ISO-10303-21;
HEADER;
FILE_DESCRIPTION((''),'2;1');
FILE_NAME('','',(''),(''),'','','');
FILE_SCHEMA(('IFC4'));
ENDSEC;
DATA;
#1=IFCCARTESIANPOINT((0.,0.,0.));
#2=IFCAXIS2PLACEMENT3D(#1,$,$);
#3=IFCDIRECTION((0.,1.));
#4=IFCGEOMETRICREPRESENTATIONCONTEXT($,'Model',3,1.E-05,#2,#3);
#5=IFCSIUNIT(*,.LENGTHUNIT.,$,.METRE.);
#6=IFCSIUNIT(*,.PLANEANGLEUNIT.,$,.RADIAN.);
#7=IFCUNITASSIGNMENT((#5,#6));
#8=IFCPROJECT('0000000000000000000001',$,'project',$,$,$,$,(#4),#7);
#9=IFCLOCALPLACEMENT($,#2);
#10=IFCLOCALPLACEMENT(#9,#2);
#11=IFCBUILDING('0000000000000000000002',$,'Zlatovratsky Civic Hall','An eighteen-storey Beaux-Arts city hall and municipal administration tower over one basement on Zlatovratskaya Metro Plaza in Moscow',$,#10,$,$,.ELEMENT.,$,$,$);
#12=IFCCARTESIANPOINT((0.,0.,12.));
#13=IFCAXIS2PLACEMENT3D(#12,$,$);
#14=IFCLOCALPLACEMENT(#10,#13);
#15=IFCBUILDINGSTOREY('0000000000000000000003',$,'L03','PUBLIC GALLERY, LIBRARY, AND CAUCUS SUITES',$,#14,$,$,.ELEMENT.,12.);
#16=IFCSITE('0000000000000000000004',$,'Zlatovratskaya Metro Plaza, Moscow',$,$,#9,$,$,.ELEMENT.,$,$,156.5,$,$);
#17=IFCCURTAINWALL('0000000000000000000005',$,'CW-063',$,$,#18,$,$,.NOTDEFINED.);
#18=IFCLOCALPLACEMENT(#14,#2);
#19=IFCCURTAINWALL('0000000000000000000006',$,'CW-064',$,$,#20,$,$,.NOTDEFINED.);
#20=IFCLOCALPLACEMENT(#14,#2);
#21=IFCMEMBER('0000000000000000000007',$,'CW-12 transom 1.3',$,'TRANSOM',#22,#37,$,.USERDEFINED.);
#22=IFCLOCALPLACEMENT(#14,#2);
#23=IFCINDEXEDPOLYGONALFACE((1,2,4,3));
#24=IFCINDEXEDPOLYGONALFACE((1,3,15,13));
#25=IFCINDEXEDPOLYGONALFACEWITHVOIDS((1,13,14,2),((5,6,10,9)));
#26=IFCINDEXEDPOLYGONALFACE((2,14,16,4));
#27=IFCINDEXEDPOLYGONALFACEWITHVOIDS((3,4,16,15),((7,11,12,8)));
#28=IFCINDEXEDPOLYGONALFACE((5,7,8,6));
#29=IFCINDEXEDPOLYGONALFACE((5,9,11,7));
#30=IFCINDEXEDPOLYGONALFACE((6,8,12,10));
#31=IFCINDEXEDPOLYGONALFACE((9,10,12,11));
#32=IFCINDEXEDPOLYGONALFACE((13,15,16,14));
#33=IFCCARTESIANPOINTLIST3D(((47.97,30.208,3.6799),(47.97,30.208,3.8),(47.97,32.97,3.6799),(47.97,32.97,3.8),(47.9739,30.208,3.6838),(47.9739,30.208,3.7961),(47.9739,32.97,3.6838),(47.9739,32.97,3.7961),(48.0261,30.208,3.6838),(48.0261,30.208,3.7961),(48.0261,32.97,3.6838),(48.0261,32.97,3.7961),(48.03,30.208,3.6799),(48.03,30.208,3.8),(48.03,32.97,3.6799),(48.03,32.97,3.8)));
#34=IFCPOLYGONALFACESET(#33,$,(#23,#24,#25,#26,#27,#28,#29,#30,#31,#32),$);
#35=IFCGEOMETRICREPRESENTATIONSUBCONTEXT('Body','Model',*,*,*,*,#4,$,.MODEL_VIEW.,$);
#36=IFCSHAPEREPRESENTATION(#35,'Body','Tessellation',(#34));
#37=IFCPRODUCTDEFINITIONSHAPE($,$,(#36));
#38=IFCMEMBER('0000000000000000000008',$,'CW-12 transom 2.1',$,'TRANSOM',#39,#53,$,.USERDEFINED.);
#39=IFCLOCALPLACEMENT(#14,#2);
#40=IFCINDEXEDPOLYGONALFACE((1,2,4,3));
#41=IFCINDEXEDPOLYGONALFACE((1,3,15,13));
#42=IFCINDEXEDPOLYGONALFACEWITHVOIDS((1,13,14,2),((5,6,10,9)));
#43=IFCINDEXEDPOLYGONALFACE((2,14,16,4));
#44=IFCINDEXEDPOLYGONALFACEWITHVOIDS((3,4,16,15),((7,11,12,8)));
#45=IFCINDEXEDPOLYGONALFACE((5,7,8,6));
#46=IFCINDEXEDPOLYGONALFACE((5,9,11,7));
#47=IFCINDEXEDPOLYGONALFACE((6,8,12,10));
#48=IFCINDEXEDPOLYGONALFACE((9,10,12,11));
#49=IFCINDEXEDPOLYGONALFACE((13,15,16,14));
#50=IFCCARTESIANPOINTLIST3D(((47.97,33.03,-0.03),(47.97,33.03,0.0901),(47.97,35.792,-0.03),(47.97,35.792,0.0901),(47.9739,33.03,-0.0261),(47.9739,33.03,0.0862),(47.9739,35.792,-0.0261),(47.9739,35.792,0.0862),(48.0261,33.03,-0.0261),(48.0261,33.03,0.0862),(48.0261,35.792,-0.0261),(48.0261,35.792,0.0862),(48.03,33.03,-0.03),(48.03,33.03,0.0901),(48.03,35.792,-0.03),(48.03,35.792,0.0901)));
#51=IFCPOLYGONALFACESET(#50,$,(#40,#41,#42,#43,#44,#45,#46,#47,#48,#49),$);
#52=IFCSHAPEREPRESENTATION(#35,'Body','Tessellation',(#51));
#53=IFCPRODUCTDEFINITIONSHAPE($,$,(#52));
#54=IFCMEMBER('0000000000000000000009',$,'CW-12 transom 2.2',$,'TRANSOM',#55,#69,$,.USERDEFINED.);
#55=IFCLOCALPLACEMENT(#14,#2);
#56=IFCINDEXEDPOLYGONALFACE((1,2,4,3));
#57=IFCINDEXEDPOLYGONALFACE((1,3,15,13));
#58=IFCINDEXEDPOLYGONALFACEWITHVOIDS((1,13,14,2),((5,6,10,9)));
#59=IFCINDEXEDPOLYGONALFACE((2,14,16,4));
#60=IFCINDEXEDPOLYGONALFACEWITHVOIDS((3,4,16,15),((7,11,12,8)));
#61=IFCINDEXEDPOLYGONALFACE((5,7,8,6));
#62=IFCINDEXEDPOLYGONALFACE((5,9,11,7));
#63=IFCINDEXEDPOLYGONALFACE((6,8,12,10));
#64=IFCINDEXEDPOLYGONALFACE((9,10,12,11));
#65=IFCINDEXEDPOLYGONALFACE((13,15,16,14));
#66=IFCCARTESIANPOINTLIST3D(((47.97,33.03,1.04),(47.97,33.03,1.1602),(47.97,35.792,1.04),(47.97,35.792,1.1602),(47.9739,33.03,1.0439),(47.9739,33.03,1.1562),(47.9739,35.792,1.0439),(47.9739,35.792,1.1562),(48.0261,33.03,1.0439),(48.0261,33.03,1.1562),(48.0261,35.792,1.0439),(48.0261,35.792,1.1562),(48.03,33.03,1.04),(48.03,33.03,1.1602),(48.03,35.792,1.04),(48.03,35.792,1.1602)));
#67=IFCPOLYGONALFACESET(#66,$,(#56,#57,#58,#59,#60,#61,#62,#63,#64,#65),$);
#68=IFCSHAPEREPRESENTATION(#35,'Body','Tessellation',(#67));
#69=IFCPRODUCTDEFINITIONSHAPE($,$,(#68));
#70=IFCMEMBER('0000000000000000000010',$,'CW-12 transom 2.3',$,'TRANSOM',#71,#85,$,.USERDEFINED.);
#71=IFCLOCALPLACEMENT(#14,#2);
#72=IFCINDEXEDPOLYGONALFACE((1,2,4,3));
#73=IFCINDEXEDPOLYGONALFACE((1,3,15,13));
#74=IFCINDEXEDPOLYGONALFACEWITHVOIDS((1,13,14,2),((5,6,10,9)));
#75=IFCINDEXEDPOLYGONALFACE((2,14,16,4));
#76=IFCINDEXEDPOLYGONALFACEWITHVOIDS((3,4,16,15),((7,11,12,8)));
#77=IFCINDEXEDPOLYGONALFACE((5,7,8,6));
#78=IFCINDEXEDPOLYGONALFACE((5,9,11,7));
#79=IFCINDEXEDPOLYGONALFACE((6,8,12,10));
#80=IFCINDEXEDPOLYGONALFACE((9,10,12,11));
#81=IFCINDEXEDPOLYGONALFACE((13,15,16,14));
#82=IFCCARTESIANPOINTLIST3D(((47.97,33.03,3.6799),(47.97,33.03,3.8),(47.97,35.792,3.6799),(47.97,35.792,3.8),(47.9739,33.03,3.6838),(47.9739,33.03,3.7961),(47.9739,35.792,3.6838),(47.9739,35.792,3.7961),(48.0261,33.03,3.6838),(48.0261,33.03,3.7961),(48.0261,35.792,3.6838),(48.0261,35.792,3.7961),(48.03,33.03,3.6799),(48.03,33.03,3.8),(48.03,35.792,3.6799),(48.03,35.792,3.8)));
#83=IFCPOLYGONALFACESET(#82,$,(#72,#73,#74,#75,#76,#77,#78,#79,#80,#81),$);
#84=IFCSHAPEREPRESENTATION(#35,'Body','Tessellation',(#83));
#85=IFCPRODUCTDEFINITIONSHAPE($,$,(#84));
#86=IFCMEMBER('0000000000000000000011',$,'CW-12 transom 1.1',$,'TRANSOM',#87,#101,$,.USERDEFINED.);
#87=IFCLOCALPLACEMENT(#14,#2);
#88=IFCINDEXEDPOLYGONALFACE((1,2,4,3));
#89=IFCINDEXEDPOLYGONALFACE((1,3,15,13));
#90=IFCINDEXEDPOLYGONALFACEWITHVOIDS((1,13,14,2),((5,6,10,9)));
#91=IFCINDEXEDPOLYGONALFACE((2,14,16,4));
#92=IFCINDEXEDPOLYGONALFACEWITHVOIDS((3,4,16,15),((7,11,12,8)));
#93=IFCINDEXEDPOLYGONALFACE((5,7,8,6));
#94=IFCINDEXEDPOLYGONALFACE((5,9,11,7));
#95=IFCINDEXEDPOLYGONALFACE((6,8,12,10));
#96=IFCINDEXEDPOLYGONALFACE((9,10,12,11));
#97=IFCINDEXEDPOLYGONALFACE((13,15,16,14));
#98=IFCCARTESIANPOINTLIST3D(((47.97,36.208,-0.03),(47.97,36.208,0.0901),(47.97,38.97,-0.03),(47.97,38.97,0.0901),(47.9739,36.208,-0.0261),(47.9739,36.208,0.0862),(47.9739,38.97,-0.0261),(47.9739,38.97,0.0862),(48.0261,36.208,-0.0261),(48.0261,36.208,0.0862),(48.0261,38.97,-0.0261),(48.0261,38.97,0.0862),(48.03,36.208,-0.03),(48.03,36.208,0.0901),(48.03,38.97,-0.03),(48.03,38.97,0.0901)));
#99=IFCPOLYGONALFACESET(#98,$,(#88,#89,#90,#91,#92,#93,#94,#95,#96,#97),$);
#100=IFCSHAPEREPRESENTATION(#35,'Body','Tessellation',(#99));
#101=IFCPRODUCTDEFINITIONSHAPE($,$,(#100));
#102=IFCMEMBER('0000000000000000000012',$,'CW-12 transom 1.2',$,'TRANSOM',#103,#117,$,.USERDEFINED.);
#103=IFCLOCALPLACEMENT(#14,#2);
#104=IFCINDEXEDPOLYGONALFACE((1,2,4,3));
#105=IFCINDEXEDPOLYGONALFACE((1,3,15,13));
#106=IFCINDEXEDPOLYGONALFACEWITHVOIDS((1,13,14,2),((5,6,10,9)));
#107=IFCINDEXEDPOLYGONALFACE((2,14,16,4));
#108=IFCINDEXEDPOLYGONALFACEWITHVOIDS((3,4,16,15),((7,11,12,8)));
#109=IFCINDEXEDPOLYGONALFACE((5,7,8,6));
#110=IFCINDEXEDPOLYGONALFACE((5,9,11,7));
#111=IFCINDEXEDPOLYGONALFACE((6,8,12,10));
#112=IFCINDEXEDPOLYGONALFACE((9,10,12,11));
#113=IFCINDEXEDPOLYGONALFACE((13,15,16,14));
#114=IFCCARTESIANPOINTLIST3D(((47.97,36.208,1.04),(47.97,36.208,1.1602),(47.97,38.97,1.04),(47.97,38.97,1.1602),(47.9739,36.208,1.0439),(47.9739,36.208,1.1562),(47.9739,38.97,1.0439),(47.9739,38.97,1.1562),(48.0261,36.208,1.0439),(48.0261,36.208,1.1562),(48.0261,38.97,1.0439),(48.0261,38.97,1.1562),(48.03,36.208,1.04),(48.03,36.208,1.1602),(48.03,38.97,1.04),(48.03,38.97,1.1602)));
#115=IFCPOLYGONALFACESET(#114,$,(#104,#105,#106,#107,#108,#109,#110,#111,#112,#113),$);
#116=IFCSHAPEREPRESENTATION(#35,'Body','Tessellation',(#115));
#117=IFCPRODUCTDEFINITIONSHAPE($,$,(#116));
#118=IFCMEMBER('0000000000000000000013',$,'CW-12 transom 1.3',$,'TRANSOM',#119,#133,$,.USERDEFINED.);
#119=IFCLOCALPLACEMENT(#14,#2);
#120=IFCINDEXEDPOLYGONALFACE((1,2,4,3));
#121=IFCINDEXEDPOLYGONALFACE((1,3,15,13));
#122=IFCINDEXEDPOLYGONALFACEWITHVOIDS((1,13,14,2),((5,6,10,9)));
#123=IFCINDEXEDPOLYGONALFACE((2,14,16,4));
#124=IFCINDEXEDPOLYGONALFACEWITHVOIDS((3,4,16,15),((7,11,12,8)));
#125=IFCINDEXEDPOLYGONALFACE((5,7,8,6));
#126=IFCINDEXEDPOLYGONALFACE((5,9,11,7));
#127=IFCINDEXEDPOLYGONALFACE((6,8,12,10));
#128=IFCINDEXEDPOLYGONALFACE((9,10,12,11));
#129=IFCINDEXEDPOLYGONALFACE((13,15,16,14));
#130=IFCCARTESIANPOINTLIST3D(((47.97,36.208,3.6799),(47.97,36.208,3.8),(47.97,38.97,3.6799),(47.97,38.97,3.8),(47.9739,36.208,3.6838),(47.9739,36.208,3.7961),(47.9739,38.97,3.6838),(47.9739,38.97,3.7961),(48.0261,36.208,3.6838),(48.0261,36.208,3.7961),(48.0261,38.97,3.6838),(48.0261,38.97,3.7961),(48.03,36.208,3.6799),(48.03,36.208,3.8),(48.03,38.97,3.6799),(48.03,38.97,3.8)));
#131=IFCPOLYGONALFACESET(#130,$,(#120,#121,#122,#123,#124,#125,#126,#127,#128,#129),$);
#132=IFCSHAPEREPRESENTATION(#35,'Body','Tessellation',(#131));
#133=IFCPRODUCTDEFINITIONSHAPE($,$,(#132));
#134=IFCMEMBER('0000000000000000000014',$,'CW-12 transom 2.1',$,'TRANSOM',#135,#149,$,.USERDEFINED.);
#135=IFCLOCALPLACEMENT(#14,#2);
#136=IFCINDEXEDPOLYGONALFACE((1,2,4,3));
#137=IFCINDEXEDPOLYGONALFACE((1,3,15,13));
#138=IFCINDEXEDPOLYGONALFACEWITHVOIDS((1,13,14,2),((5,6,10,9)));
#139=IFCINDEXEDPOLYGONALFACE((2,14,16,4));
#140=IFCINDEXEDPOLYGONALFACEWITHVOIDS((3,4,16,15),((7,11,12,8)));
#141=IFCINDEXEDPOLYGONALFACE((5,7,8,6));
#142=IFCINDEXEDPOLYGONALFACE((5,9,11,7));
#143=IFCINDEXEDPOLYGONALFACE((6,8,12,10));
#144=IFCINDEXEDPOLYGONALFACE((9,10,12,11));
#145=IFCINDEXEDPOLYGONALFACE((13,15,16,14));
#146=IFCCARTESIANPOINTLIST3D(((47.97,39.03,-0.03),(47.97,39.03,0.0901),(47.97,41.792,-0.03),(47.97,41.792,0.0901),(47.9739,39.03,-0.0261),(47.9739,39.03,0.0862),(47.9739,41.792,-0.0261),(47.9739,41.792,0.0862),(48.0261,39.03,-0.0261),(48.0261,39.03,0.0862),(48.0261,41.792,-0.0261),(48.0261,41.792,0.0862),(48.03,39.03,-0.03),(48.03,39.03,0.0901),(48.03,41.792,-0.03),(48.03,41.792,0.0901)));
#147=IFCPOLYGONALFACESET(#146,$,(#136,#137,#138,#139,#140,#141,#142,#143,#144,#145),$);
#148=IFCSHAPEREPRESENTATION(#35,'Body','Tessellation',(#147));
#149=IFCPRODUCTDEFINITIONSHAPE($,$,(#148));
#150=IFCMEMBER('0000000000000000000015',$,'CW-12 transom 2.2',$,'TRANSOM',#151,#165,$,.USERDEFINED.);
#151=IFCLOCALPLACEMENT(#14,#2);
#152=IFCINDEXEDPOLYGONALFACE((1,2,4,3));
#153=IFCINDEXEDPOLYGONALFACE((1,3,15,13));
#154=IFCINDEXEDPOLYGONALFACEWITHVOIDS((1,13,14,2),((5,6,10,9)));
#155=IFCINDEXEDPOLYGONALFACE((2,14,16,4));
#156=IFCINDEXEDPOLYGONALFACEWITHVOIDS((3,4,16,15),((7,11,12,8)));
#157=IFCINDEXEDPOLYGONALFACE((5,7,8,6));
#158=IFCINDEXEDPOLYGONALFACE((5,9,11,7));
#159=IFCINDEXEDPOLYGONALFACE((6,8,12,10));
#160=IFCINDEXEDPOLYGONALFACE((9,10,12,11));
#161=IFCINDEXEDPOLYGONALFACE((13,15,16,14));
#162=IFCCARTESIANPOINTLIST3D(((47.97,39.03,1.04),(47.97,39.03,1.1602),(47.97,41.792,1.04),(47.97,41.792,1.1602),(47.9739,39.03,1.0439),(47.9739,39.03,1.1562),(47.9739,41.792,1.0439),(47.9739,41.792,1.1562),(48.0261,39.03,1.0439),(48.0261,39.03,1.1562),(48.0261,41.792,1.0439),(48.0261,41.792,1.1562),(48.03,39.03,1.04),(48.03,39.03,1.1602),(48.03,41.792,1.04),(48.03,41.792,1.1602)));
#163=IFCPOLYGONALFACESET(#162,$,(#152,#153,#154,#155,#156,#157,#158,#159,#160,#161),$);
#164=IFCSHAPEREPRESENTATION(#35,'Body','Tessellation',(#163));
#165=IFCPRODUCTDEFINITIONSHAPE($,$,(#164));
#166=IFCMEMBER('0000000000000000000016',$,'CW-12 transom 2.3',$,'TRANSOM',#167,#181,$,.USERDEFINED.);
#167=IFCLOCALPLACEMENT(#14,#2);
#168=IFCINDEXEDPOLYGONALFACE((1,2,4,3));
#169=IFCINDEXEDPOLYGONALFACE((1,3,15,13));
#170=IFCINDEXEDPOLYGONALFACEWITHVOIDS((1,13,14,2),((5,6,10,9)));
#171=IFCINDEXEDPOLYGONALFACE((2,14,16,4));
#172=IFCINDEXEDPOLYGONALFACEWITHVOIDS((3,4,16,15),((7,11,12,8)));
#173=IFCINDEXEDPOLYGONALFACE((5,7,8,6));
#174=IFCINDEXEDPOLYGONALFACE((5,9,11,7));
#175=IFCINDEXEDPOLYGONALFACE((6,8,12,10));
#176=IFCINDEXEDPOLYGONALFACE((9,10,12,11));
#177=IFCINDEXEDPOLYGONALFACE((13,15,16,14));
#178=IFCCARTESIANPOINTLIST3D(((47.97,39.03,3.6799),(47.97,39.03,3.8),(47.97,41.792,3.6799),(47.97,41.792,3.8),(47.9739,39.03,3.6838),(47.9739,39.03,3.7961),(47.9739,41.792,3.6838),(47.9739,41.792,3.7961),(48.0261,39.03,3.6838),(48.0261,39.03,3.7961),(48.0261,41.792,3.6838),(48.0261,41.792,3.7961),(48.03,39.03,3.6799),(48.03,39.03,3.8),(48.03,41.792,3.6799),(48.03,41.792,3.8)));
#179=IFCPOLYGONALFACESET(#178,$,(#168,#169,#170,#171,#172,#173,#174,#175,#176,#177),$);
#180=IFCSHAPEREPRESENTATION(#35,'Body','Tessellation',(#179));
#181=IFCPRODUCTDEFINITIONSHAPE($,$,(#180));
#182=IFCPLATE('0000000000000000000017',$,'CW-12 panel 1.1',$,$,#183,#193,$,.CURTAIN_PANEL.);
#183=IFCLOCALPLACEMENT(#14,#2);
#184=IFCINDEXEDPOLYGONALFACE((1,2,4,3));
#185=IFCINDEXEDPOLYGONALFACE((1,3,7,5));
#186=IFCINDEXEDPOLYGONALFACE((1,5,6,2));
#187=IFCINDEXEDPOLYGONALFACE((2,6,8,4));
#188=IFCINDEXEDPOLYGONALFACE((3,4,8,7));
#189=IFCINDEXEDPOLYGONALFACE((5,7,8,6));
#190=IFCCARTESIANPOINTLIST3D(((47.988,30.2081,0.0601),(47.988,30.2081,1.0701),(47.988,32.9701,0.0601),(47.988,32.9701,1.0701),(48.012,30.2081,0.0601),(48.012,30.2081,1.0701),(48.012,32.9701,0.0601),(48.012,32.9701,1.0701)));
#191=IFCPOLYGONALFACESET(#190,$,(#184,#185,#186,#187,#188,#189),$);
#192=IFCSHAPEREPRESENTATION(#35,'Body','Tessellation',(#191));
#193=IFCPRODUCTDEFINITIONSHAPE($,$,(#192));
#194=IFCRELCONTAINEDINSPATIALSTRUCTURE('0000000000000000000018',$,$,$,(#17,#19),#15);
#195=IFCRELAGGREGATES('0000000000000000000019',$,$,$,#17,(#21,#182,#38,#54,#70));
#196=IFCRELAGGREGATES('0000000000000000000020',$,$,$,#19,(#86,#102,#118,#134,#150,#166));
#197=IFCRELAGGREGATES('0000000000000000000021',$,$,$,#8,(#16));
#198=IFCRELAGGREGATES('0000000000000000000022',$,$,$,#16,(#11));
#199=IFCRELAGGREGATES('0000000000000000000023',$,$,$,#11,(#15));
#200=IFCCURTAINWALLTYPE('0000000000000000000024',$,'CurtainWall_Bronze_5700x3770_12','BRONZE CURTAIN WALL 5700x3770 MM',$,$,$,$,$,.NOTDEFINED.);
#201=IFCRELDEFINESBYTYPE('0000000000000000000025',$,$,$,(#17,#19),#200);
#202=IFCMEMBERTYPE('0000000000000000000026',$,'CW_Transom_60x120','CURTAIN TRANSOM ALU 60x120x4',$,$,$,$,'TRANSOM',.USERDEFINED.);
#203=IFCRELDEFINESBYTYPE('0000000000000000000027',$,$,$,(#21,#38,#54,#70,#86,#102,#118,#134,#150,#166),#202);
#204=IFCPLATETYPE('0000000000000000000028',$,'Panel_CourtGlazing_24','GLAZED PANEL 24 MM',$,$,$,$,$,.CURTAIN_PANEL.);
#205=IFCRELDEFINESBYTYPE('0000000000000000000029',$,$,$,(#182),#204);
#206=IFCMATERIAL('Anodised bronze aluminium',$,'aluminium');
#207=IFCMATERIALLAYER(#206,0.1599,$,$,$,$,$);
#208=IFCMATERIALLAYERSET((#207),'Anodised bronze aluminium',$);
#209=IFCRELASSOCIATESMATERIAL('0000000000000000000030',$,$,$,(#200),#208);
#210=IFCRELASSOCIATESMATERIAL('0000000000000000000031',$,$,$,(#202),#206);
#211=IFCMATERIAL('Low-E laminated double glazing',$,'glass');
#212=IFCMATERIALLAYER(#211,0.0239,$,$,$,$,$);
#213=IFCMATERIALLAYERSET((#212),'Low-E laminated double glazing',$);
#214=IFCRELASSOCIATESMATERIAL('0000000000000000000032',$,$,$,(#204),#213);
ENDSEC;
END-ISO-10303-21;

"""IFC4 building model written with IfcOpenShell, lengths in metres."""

from ifc_helpers import new_model, si_unit, direction, frame, origin, origin_2d, place, context, subcontext, project, spatial, rectangle, hollow_rectangle, extrude, material, layer, layer_set, material_profile, profile_set, type_object, element, aggregate, save


model = new_model("IFC4")

# Units and contexts
model_context = context("Model", 3, precision=1e-05, world=origin(), true_north=direction((0.0, 1.0)))
body_context = subcontext(model_context, "Body", "Model", "MODEL_VIEW")
ifc_project = project(units=[si_unit("LENGTHUNIT", "METRE"), si_unit("PLANEANGLEUNIT", "RADIAN")], contexts=[model_context])

# Site, building, storey
site_placement = place(None, origin())
site = spatial("IfcSite", under=ifc_project, at=site_placement, Name="Zlatovratskaya Metro Plaza, Moscow", CompositionType="ELEMENT", RefElevation=156.5)
building_placement = place(site_placement, origin())
building = spatial("IfcBuilding", under=site, at=building_placement, Name="Zlatovratsky Civic Hall", Description="An eighteen-storey Beaux-Arts city hall and municipal administration tower over one basement on Zlatovratskaya Metro Plaza in Moscow", CompositionType="ELEMENT")
storey_placement = place(building_placement, frame((0.0, 0.0, 12.0)))
storey = spatial("IfcBuildingStorey", under=building, at=storey_placement, Name="L03", Description="PUBLIC GALLERY, LIBRARY, AND CAUCUS SUITES", CompositionType="ELEMENT", Elevation=12.0)

# Curtain walls
ifc_material_1 = material(Name="Anodised bronze aluminium", Category="aluminium")
ifc_layer_1 = layer(ifc_material_1, 0.1599)
ifc_layer_set_1 = layer_set([ifc_layer_1], Name="Anodised bronze aluminium")
curtain_wall_type = type_object("IfcCurtainWallType", Name="CurtainWall_Bronze_5700x3770_12", Description="BRONZE CURTAIN WALL 5700x3770 MM", PredefinedType="NOTDEFINED", material=ifc_layer_set_1)
curtain_wall_1_placement = place(storey_placement, origin())
curtain_wall_1 = element("IfcCurtainWall", 1, at=curtain_wall_1_placement, inside=storey, type_object=curtain_wall_type, Name="CW-063", PredefinedType="NOTDEFINED")
curtain_wall_2_placement = place(storey_placement, origin())
curtain_wall_2 = element("IfcCurtainWall", 2, at=curtain_wall_2_placement, inside=storey, type_object=curtain_wall_type, Name="CW-064", PredefinedType="NOTDEFINED")

# Members
ifc_material_profile_1 = material_profile(ifc_material_1, hollow_rectangle(XDim=0.0601, YDim=0.1201, WallThickness=0.0039, at=origin_2d()), Name="ALU 60x120x4")
ifc_profile_set_1 = profile_set([ifc_material_profile_1], Name="Anodised bronze aluminium")
member_type_1 = type_object("IfcMemberType", Name="CW_Transom_60x120", Description="CURTAIN TRANSOM ALU 60x120x4", ElementType="TRANSOM", PredefinedType="USERDEFINED", material=ifc_profile_set_1)
member_1_placement = place(storey_placement, frame((48.0, 30.208, 3.74), z_axis=(0.0, 1.0, 0.0), x_axis=(-1.0, 0.0, 0.0)))
member_1 = element("IfcMember", 3, at=member_1_placement, type_object=member_type_1, Name="CW-12 transom 1.3", ObjectType="TRANSOM", PredefinedType="USERDEFINED", context=body_context, shape_type="SweptSolid", body=[
    extrude(hollow_rectangle(XDim=0.0601, YDim=0.1201, WallThickness=0.0039, at=origin_2d()), origin(), (0.0, 0.0, 1.0), 2.762),
])
member_2_placement = place(storey_placement, frame((48.0, 33.03, 0.03), z_axis=(0.0, 1.0, 0.0), x_axis=(-1.0, 0.0, 0.0)))
member_2 = element("IfcMember", 4, at=member_2_placement, type_object=member_type_1, Name="CW-12 transom 2.1", ObjectType="TRANSOM", PredefinedType="USERDEFINED", context=body_context, shape_type="SweptSolid", body=[
    extrude(hollow_rectangle(XDim=0.0601, YDim=0.1201, WallThickness=0.0039, at=origin_2d()), origin(), (0.0, 0.0, 1.0), 2.762),
])
member_3_placement = place(storey_placement, frame((48.0, 33.03, 1.1001), z_axis=(0.0, 1.0, 0.0), x_axis=(-1.0, 0.0, 0.0)))
member_3 = element("IfcMember", 5, at=member_3_placement, type_object=member_type_1, Name="CW-12 transom 2.2", ObjectType="TRANSOM", PredefinedType="USERDEFINED", context=body_context, shape_type="SweptSolid", body=[
    extrude(hollow_rectangle(XDim=0.0601, YDim=0.1201, WallThickness=0.0039, at=origin_2d()), origin(), (0.0, 0.0, 1.0), 2.762),
])
member_4_placement = place(storey_placement, frame((48.0, 33.03, 3.74), z_axis=(0.0, 1.0, 0.0), x_axis=(-1.0, 0.0, 0.0)))
member_4 = element("IfcMember", 6, at=member_4_placement, type_object=member_type_1, Name="CW-12 transom 2.3", ObjectType="TRANSOM", PredefinedType="USERDEFINED", context=body_context, shape_type="SweptSolid", body=[
    extrude(hollow_rectangle(XDim=0.0601, YDim=0.1201, WallThickness=0.0039, at=origin_2d()), origin(), (0.0, 0.0, 1.0), 2.762),
])
member_5_placement = place(storey_placement, frame((48.0, 36.208, 0.03), z_axis=(0.0, 1.0, 0.0), x_axis=(-1.0, 0.0, 0.0)))
member_5 = element("IfcMember", 7, at=member_5_placement, type_object=member_type_1, Name="CW-12 transom 1.1", ObjectType="TRANSOM", PredefinedType="USERDEFINED", context=body_context, shape_type="SweptSolid", body=[
    extrude(hollow_rectangle(XDim=0.0601, YDim=0.1201, WallThickness=0.0039, at=origin_2d()), origin(), (0.0, 0.0, 1.0), 2.762),
])
member_6_placement = place(storey_placement, frame((48.0, 36.208, 1.1001), z_axis=(0.0, 1.0, 0.0), x_axis=(-1.0, 0.0, 0.0)))
member_6 = element("IfcMember", 8, at=member_6_placement, type_object=member_type_1, Name="CW-12 transom 1.2", ObjectType="TRANSOM", PredefinedType="USERDEFINED", context=body_context, shape_type="SweptSolid", body=[
    extrude(hollow_rectangle(XDim=0.0601, YDim=0.1201, WallThickness=0.0039, at=origin_2d()), origin(), (0.0, 0.0, 1.0), 2.762),
])
member_7_placement = place(storey_placement, frame((48.0, 36.208, 3.74), z_axis=(0.0, 1.0, 0.0), x_axis=(-1.0, 0.0, 0.0)))
member_7 = element("IfcMember", 9, at=member_7_placement, type_object=member_type_1, Name="CW-12 transom 1.3", ObjectType="TRANSOM", PredefinedType="USERDEFINED", context=body_context, shape_type="SweptSolid", body=[
    extrude(hollow_rectangle(XDim=0.0601, YDim=0.1201, WallThickness=0.0039, at=origin_2d()), origin(), (0.0, 0.0, 1.0), 2.762),
])
member_8_placement = place(storey_placement, frame((48.0, 39.03, 0.03), z_axis=(0.0, 1.0, 0.0), x_axis=(-1.0, 0.0, 0.0)))
member_8 = element("IfcMember", 10, at=member_8_placement, type_object=member_type_1, Name="CW-12 transom 2.1", ObjectType="TRANSOM", PredefinedType="USERDEFINED", context=body_context, shape_type="SweptSolid", body=[
    extrude(hollow_rectangle(XDim=0.0601, YDim=0.1201, WallThickness=0.0039, at=origin_2d()), origin(), (0.0, 0.0, 1.0), 2.762),
])
member_9_placement = place(storey_placement, frame((48.0, 39.03, 1.1001), z_axis=(0.0, 1.0, 0.0), x_axis=(-1.0, 0.0, 0.0)))
member_9 = element("IfcMember", 11, at=member_9_placement, type_object=member_type_1, Name="CW-12 transom 2.2", ObjectType="TRANSOM", PredefinedType="USERDEFINED", context=body_context, shape_type="SweptSolid", body=[
    extrude(hollow_rectangle(XDim=0.0601, YDim=0.1201, WallThickness=0.0039, at=origin_2d()), origin(), (0.0, 0.0, 1.0), 2.762),
])
member_10_placement = place(storey_placement, frame((48.0, 39.03, 3.74), z_axis=(0.0, 1.0, 0.0), x_axis=(-1.0, 0.0, 0.0)))
member_10 = element("IfcMember", 12, at=member_10_placement, type_object=member_type_1, Name="CW-12 transom 2.3", ObjectType="TRANSOM", PredefinedType="USERDEFINED", context=body_context, shape_type="SweptSolid", body=[
    extrude(hollow_rectangle(XDim=0.0601, YDim=0.1201, WallThickness=0.0039, at=origin_2d()), origin(), (0.0, 0.0, 1.0), 2.762),
])

# Plate
ifc_material_2 = material(Name="Low-E laminated double glazing", Category="glass")
ifc_layer_2 = layer(ifc_material_2, 0.0239)
ifc_layer_set_2 = layer_set([ifc_layer_2], Name="Low-E laminated double glazing")
plate_type = type_object("IfcPlateType", Name="Panel_CourtGlazing_24", Description="GLAZED PANEL 24 MM", PredefinedType="CURTAIN_PANEL", material=ifc_layer_set_2)
plate_1_placement = place(storey_placement, frame((48.0, 31.5891, 0.0601), z_axis=(0.0, 0.0, 1.0), x_axis=(0.0, 1.0, 0.0)))
plate_1 = element("IfcPlate", 13, at=plate_1_placement, type_object=plate_type, Name="CW-12 panel 1.1", PredefinedType="CURTAIN_PANEL", context=body_context, shape_type="SweptSolid", body=[
    extrude(rectangle(XDim=2.762, YDim=0.0239, at=origin_2d()), origin(), (0.0, 0.0, 1.0), 1.01),
])
aggregate(curtain_wall_1, [member_1, plate_1, member_2, member_3, member_4])
aggregate(curtain_wall_2, [member_5, member_6, member_7, member_8, member_9, member_10])

save(model, "model.ifc")
